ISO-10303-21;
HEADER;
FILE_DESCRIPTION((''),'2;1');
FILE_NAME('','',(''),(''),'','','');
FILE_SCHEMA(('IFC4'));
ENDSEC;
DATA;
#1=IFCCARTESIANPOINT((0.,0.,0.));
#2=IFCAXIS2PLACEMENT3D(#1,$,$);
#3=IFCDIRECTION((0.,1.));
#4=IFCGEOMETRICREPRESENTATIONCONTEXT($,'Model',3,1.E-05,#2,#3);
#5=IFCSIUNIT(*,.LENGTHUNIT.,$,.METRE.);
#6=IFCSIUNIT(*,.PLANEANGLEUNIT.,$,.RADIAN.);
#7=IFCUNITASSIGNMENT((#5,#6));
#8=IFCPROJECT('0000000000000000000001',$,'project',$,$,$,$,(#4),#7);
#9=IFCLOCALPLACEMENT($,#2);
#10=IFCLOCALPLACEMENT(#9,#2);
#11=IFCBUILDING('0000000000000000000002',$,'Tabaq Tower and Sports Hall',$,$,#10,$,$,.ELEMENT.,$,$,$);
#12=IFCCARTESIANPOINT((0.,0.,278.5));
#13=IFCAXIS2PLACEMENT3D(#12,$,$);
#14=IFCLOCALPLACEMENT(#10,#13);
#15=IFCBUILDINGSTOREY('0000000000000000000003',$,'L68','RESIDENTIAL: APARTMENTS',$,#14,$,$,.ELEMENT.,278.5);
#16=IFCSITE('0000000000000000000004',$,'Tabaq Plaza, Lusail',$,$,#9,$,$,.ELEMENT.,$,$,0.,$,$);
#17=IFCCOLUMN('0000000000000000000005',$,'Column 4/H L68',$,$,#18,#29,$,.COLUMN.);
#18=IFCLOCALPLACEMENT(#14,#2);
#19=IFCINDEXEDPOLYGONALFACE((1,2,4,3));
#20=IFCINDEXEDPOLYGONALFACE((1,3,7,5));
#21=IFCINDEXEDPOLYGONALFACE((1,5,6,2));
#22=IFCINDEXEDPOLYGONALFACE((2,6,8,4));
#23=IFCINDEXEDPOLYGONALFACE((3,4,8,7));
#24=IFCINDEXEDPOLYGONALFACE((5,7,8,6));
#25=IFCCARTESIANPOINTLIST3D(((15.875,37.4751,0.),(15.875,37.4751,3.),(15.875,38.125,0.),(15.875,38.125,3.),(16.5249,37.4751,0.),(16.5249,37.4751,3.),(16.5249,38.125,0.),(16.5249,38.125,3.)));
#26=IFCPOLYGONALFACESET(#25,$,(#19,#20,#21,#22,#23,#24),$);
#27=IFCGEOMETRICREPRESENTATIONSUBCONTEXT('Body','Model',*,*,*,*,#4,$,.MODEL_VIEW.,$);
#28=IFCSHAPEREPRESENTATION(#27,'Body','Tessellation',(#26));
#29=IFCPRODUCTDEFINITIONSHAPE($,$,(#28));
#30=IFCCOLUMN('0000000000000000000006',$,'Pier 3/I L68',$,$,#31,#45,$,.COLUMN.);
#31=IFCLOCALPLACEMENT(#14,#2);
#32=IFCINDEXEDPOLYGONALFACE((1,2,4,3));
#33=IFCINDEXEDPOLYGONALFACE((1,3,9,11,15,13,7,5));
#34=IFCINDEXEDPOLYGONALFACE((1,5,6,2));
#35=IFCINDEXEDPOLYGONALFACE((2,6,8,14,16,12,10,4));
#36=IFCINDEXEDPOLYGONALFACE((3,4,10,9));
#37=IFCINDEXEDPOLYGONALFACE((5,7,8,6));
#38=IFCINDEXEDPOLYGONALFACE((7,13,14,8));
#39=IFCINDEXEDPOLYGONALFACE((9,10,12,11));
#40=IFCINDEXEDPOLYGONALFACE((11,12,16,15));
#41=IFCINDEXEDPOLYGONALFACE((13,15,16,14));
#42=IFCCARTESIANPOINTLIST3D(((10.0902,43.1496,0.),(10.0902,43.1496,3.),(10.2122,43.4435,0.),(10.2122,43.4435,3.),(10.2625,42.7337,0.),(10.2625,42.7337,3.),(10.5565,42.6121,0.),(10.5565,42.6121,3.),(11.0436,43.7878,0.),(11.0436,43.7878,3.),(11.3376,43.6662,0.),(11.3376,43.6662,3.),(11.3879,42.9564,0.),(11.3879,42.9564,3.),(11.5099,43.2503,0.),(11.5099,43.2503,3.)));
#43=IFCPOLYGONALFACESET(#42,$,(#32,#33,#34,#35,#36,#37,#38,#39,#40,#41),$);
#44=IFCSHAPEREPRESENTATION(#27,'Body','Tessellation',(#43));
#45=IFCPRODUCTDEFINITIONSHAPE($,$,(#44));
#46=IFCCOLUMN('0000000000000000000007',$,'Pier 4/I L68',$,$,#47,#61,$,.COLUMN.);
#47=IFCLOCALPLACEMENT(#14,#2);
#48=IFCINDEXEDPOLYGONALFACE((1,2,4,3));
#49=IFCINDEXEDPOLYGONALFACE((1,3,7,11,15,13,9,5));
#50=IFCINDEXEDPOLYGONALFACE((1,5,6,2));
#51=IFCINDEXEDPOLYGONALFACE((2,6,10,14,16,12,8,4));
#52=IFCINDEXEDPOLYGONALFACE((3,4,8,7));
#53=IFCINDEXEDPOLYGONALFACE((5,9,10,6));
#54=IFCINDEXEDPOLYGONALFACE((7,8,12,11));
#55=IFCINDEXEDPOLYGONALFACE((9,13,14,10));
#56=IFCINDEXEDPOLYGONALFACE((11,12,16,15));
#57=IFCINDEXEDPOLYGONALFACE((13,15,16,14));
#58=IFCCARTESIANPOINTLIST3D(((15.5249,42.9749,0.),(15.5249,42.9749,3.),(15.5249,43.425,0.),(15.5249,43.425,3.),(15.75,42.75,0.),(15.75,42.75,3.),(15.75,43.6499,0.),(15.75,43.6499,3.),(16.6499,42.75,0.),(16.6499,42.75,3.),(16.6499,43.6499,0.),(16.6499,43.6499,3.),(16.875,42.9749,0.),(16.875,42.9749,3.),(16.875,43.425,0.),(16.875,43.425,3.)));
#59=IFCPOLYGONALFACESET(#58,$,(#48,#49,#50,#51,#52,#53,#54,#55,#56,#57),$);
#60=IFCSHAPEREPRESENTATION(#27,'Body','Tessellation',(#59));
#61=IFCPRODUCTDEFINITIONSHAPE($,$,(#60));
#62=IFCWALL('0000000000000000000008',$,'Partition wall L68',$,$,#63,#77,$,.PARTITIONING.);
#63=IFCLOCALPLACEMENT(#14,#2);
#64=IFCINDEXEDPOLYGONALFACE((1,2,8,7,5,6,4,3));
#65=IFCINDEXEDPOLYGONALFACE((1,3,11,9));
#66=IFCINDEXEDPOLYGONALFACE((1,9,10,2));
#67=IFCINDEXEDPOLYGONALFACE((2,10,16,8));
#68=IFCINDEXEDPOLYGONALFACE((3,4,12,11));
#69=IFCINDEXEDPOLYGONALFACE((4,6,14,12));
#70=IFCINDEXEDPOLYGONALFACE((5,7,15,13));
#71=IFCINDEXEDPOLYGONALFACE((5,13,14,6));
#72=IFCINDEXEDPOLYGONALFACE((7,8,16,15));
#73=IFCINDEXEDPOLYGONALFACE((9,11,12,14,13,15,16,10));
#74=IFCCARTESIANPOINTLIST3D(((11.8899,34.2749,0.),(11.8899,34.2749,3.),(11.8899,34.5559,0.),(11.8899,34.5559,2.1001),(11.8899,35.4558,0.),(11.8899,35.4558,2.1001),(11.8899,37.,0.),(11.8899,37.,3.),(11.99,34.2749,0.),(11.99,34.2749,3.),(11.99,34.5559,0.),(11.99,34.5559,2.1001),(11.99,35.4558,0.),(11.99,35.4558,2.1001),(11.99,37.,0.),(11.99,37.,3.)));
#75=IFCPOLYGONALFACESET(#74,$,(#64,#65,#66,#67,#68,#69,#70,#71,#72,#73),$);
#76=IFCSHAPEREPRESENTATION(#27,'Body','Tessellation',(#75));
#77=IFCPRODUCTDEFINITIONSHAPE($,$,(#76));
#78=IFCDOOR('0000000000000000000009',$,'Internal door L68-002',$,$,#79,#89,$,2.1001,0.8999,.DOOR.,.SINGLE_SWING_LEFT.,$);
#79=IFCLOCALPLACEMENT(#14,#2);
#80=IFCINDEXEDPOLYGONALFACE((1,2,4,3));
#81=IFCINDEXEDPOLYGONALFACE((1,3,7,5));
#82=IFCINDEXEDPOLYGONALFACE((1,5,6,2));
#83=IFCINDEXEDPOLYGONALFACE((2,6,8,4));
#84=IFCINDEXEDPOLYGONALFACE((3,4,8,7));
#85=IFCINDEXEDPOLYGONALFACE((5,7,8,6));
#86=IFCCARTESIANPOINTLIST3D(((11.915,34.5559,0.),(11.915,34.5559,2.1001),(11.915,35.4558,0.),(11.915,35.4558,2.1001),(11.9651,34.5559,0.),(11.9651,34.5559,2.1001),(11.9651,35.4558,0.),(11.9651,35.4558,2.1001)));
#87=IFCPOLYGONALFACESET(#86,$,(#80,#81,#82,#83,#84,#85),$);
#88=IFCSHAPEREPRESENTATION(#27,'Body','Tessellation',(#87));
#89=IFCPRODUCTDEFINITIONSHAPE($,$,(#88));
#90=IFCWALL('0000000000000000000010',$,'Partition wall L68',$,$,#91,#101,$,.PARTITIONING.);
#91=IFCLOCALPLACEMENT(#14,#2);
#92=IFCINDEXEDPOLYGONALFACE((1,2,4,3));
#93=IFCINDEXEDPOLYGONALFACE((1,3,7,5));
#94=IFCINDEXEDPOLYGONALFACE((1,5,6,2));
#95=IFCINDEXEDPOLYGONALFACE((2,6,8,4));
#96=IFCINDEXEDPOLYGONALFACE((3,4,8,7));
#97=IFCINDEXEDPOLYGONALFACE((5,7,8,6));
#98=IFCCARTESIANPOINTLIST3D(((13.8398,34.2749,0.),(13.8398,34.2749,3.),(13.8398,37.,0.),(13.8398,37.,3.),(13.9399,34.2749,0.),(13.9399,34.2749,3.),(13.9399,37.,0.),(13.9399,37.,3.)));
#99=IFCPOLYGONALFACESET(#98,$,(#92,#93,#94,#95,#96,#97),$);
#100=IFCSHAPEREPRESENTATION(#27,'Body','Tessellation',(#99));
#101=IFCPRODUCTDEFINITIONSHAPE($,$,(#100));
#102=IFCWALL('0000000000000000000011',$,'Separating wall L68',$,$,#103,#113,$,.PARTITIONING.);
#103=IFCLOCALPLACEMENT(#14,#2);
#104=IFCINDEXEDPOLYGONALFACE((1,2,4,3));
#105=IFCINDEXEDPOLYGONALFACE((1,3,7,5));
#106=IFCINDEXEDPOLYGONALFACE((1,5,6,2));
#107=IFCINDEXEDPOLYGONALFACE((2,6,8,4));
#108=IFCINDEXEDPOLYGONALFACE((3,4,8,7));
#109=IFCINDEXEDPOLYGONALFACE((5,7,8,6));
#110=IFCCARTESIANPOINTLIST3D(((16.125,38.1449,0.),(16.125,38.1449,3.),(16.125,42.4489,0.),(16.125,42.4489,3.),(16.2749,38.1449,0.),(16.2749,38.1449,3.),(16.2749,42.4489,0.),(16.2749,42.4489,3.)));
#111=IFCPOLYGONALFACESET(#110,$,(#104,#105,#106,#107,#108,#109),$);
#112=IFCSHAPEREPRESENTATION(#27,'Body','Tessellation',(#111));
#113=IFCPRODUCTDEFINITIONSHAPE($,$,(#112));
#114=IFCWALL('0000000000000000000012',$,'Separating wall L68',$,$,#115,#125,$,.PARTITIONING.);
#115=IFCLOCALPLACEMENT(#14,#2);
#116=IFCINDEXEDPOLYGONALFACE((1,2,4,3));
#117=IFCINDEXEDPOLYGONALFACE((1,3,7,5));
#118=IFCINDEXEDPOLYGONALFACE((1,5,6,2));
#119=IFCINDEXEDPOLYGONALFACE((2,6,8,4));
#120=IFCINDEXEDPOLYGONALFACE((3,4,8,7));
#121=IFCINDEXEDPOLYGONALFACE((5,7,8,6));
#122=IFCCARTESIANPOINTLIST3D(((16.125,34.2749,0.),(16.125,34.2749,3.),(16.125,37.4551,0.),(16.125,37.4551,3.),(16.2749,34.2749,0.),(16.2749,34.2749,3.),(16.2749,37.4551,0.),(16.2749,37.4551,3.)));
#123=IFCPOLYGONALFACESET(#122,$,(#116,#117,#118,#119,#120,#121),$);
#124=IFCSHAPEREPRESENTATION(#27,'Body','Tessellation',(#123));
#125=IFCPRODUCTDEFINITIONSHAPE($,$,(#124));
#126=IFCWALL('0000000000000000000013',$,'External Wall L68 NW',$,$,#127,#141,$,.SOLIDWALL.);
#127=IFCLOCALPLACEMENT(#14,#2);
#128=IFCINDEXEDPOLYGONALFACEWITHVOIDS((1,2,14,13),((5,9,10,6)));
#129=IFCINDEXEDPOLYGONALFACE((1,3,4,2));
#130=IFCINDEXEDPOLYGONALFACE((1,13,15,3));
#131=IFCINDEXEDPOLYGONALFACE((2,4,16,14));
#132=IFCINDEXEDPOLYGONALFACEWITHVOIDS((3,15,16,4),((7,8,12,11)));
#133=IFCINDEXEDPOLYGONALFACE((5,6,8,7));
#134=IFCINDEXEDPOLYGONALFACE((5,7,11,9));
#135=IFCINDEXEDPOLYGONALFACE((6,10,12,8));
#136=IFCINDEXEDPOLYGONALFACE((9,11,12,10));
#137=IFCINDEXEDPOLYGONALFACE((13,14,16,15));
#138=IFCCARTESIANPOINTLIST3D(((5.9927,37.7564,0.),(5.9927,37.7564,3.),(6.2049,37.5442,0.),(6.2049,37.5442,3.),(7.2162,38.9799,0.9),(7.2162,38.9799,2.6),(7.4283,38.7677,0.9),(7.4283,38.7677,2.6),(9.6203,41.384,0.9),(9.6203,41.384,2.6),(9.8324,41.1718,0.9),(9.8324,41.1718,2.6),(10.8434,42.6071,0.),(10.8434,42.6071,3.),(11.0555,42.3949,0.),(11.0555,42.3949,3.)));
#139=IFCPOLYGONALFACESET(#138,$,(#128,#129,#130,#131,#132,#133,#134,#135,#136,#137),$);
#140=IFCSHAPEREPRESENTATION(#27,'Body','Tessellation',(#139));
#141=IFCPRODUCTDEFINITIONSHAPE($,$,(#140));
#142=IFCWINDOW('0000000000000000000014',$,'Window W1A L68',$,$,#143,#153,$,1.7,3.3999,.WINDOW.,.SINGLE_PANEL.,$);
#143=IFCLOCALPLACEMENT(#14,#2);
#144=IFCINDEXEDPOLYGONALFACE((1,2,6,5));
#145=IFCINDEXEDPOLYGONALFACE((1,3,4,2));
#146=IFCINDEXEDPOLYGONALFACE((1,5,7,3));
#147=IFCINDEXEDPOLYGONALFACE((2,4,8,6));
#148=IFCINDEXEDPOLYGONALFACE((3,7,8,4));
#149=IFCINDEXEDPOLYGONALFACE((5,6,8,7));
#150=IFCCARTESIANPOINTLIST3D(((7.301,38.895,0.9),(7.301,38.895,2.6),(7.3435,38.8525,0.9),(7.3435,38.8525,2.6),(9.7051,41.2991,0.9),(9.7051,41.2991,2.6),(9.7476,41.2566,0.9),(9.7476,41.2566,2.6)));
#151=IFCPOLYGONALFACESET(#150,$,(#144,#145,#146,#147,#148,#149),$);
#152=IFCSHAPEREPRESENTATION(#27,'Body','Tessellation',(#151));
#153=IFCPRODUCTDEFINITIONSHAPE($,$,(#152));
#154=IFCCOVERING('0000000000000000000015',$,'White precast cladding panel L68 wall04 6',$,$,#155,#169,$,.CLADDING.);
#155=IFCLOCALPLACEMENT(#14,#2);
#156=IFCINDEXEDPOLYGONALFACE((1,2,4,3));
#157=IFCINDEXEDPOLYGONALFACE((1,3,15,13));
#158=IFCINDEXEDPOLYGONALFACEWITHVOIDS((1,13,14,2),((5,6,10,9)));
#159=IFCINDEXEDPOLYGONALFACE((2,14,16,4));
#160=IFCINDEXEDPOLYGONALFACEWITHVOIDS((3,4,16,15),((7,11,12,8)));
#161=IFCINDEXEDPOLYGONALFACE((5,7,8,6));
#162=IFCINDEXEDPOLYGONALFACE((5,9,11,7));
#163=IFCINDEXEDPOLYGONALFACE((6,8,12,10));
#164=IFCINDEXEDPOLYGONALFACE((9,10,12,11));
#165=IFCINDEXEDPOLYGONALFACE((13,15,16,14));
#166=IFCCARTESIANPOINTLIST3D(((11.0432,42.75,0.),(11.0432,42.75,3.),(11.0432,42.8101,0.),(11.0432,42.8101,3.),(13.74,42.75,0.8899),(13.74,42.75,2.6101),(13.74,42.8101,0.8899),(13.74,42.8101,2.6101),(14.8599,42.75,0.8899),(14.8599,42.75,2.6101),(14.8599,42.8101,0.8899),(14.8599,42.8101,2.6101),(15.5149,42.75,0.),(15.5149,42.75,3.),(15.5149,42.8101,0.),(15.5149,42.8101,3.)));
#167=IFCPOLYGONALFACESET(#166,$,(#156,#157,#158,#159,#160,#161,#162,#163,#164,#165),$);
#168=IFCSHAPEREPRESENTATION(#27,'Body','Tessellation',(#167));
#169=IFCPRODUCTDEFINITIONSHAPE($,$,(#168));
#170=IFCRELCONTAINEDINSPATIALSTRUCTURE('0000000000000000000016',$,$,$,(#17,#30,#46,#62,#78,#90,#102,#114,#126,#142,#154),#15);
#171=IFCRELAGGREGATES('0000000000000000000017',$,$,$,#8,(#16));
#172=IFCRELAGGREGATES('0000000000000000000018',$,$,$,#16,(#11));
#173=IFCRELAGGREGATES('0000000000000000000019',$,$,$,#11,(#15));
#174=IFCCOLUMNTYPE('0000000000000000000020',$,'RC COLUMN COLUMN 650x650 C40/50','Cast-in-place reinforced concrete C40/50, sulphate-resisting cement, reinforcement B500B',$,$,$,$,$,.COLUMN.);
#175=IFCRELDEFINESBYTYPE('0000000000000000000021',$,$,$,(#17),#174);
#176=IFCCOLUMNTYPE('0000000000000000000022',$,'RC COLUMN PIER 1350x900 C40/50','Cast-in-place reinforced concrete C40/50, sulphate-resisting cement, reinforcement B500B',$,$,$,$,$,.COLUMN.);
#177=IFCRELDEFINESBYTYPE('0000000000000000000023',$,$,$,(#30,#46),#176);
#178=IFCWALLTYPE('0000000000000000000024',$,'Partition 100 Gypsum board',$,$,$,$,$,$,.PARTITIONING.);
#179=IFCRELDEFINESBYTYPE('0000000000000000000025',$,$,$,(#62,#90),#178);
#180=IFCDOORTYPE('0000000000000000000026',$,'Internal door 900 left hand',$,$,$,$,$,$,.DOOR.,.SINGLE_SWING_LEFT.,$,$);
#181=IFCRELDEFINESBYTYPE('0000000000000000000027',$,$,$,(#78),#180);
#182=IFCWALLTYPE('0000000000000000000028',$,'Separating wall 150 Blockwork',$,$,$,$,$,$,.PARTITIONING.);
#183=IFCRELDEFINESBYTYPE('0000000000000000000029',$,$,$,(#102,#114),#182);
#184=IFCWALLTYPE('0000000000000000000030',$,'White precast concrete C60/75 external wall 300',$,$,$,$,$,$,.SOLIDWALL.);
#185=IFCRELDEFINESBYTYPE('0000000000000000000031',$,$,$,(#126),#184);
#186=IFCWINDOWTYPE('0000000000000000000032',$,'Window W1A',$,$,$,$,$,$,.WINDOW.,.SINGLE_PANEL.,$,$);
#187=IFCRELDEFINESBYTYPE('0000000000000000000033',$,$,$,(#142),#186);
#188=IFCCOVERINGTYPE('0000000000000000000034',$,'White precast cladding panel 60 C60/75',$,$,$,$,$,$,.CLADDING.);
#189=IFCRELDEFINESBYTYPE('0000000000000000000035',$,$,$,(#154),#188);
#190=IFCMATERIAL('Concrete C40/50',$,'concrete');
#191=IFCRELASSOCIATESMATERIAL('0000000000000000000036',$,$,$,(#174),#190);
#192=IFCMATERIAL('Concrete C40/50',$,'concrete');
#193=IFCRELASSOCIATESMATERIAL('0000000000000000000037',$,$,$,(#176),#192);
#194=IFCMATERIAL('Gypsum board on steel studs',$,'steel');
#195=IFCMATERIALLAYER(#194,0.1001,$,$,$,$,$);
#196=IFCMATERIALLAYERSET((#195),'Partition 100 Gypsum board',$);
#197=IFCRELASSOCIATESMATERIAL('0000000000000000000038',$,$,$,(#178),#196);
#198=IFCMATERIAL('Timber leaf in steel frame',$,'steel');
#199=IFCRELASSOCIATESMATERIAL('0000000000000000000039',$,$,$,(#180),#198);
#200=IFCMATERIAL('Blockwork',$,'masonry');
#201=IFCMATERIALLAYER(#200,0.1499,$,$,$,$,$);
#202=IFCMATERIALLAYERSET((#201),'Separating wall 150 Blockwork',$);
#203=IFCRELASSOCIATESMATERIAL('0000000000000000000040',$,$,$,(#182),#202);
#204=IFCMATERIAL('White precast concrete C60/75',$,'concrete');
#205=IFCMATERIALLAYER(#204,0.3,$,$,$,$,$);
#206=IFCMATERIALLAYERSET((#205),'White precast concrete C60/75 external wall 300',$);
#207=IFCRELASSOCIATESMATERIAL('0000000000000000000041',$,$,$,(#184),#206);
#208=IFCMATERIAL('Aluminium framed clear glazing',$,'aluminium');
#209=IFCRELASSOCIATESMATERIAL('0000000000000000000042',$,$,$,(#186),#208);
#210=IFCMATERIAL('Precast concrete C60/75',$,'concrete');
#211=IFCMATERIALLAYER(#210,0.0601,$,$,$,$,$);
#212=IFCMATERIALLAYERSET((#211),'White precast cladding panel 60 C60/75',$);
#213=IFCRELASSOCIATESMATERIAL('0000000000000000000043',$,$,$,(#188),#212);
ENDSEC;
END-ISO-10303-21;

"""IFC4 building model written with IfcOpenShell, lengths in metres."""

from ifc_helpers import new_model, si_unit, direction, frame, frame_2d, origin, origin_2d, place, context, subcontext, project, spatial, polyline, rectangle, outline, extrude, material, layer, layer_set, material_profile, profile_set, type_object, element, fill, save


model = new_model("IFC4")

# Units and contexts
model_context = context("Model", 3, precision=1e-05, world=origin(), true_north=direction((0.0, 1.0)))
body_context = subcontext(model_context, "Body", "Model", "MODEL_VIEW")
ifc_project = project(units=[si_unit("LENGTHUNIT", "METRE"), si_unit("PLANEANGLEUNIT", "RADIAN")], contexts=[model_context])

# Site, building, storey
site_placement = place(None, origin())
site = spatial("IfcSite", under=ifc_project, at=site_placement, Name="Tabaq Plaza, Lusail", CompositionType="ELEMENT", RefElevation=0.0)
building_placement = place(site_placement, origin())
building = spatial("IfcBuilding", under=site, at=building_placement, Name="Tabaq Tower and Sports Hall", CompositionType="ELEMENT")
storey_placement = place(building_placement, frame((0.0, 0.0, 278.5)))
storey = spatial("IfcBuildingStorey", under=building, at=storey_placement, Name="L68", Description="RESIDENTIAL: APARTMENTS", CompositionType="ELEMENT", Elevation=278.5)

# Columns
ifc_material_1 = material(Name="Concrete C40/50", Category="concrete")
ifc_material_profile_1 = material_profile(ifc_material_1, rectangle(XDim=0.6499, YDim=0.6499, at=origin_2d()), Name="COLUMN 650x650")
ifc_profile_set_1 = profile_set([ifc_material_profile_1], Name="Concrete C40/50")
column_type_1 = type_object("IfcColumnType", Name="RC COLUMN COLUMN 650x650 C40/50", Description="Cast-in-place reinforced concrete C40/50, sulphate-resisting cement, reinforcement B500B", PredefinedType="COLUMN", material=ifc_profile_set_1)
column_placement = place(storey_placement, frame((16.2, 37.8, 0.0), z_axis=(0.0, 0.0, 1.0), x_axis=(1.0, 0.0, 0.0)))
element("IfcColumn", 1, at=column_placement, inside=storey, type_object=column_type_1, Name="Column 4/H L68", PredefinedType="COLUMN", context=body_context, shape_type="SweptSolid", body=[
    extrude(rectangle(XDim=0.6499, YDim=0.6499, at=origin_2d()), origin(), (0.0, 0.0, 1.0), 3.0),
])
ifc_material_2 = material(Name="Concrete C40/50", Category="concrete")
ifc_material_profile_2 = material_profile(ifc_material_2, outline(polyline([(-0.45, -0.45), (0.45, -0.45), (0.675, -0.2251), (0.675, 0.2251), (0.45, 0.45), (-0.45, 0.45), (-0.675, 0.2251), (-0.675, -0.2251), (-0.45, -0.45)])), Name="PIER 1350x900")
ifc_profile_set_2 = profile_set([ifc_material_profile_2], Name="Concrete C40/50")
column_type_2 = type_object("IfcColumnType", Name="RC COLUMN PIER 1350x900 C40/50", Description="Cast-in-place reinforced concrete C40/50, sulphate-resisting cement, reinforcement B500B", PredefinedType="COLUMN", material=ifc_profile_set_2)
for number, where, z_axis, x_axis, name in (
    (2, (10.8, 43.2, 0.0), (0.0, 0.0, 1.0), (0.92388, 0.382683, 0.0), "Pier 3/I L68"),
    (3, (16.2, 43.2, 0.0), (0.0, 0.0, 1.0), (1.0, 0.0, 0.0), "Pier 4/I L68"),
):
    element("IfcColumn", number, at=place(storey_placement, frame(where, z_axis=z_axis, x_axis=x_axis)), inside=storey, type_object=column_type_2, Name=name, PredefinedType="COLUMN", context=body_context, shape_type="SweptSolid", body=[
        extrude(outline(polyline([(-0.45, -0.45), (0.45, -0.45), (0.675, -0.2251), (0.675, 0.2251), (0.45, 0.45), (-0.45, 0.45), (-0.675, 0.2251), (-0.675, -0.2251), (-0.45, -0.45)])), origin(), (0.0, 0.0, 1.0), 3.0),
    ])

# Wall, opening, door
ifc_material_3 = material(Name="Gypsum board on steel studs", Category="steel")
ifc_layer_1 = layer(ifc_material_3, 0.1001)
ifc_layer_set_1 = layer_set([ifc_layer_1], Name="Partition 100 Gypsum board")
wall_type_1 = type_object("IfcWallType", Name="Partition 100 Gypsum board", PredefinedType="PARTITIONING", material=ifc_layer_set_1)
wall_1_placement = place(storey_placement, frame((11.9399, 34.2749, 0.0), z_axis=(0.0, 0.0, 1.0), x_axis=(0.0, 1.0, 0.0)))
wall_1 = element("IfcWall", 4, at=wall_1_placement, inside=storey, type_object=wall_type_1, Name="Partition wall L68", PredefinedType="PARTITIONING", context=body_context, shape_type="SweptSolid", body=[
    extrude(rectangle(XDim=2.7251, YDim=0.1001, at=frame_2d((1.3625, 0.0))), origin(), (0.0, 0.0, 1.0), 3.0),
])
opening_1_placement = place(wall_1_placement, frame((0.281, 0.0, 0.0)))
opening_1 = element("IfcOpeningElement", 5, at=opening_1_placement, cuts=wall_1, PredefinedType="OPENING", context=body_context, shape_type="SweptSolid", body=[
    extrude(rectangle(XDim=0.8999, YDim=2.1001, at=frame_2d((0.45, 1.05))), frame((0.0, 0.05, 0.0), z_axis=(0.0, -1.0, 0.0), x_axis=(1.0, 0.0, 0.0)), (0.0, 0.0, 1.0), 0.1001),
])
ifc_material_4 = material(Name="Timber leaf in steel frame", Category="steel")
door_type = type_object("IfcDoorType", Name="Internal door 900 left hand", OperationType="SINGLE_SWING_LEFT", PredefinedType="DOOR", material=ifc_material_4)
door_placement = place(opening_1_placement, origin())
door = element("IfcDoor", 6, at=door_placement, inside=storey, type_object=door_type, Name="Internal door L68-002", OperationType="SINGLE_SWING_LEFT", OverallHeight=2.1001, OverallWidth=0.8999, PredefinedType="DOOR", context=body_context, shape_type="SweptSolid", body=[
    extrude(rectangle(XDim=0.8999, YDim=2.1001, at=frame_2d((0.45, 1.05))), frame((0.0, 0.0249, 0.0), z_axis=(0.0, -1.0, 0.0), x_axis=(1.0, 0.0, 0.0)), (0.0, 0.0, 1.0), 0.05),
])
fill(opening_1, door)

# Walls
wall_2_placement = place(storey_placement, frame((13.8899, 34.2749, 0.0), z_axis=(0.0, 0.0, 1.0), x_axis=(0.0, 1.0, 0.0)))
element("IfcWall", 7, at=wall_2_placement, inside=storey, type_object=wall_type_1, Name="Partition wall L68", PredefinedType="PARTITIONING", context=body_context, shape_type="SweptSolid", body=[
    extrude(rectangle(XDim=2.7251, YDim=0.1001, at=frame_2d((1.3625, 0.0))), origin(), (0.0, 0.0, 1.0), 3.0),
])
ifc_material_5 = material(Name="Blockwork", Category="masonry")
ifc_layer_2 = layer(ifc_material_5, 0.1499)
ifc_layer_set_2 = layer_set([ifc_layer_2], Name="Separating wall 150 Blockwork")
wall_type_2 = type_object("IfcWallType", Name="Separating wall 150 Blockwork", PredefinedType="PARTITIONING", material=ifc_layer_set_2)
wall_3_placement = place(storey_placement, frame((16.2, 38.145, 0.0), z_axis=(0.0, 0.0, 1.0), x_axis=(0.0, 1.0, 0.0)))
element("IfcWall", 8, at=wall_3_placement, inside=storey, type_object=wall_type_2, Name="Separating wall L68", PredefinedType="PARTITIONING", context=body_context, shape_type="SweptSolid", body=[
    extrude(rectangle(XDim=4.304, YDim=0.1499, at=frame_2d((2.1519, 0.0))), origin(), (0.0, 0.0, 1.0), 3.0),
])
wall_4_placement = place(storey_placement, frame((16.2, 34.2749, 0.0), z_axis=(0.0, 0.0, 1.0), x_axis=(0.0, 1.0, 0.0)))
element("IfcWall", 9, at=wall_4_placement, inside=storey, type_object=wall_type_2, Name="Separating wall L68", PredefinedType="PARTITIONING", context=body_context, shape_type="SweptSolid", body=[
    extrude(rectangle(XDim=3.1802, YDim=0.1499, at=frame_2d((1.5901, 0.0))), origin(), (0.0, 0.0, 1.0), 3.0),
])

# Wall, opening, window
ifc_material_6 = material(Name="White precast concrete C60/75", Category="concrete")
ifc_layer_3 = layer(ifc_material_6, 0.3)
ifc_layer_set_3 = layer_set([ifc_layer_3], Name="White precast concrete C60/75 external wall 300")
wall_type_3 = type_object("IfcWallType", Name="White precast concrete C60/75 external wall 300", PredefinedType="SOLIDWALL", material=ifc_layer_set_3)
wall_5_placement = place(storey_placement, frame((10.9495, 42.501, 0.0), z_axis=(0.0, 0.0, 1.0), x_axis=(-0.707107, -0.707107, 0.0)))
wall_5 = element("IfcWall", 10, at=wall_5_placement, inside=storey, type_object=wall_type_3, Name="External Wall L68 NW", PredefinedType="SOLIDWALL", context=body_context, shape_type="SweptSolid", body=[
    extrude(rectangle(XDim=6.8599, YDim=0.3, at=frame_2d((3.4299, 0.0))), origin(), (0.0, 0.0, 1.0), 3.0),
])
opening_2_placement = place(wall_5_placement, frame((1.7297, 0.0, 0.8999)))
opening_2 = element("IfcOpeningElement", 11, at=opening_2_placement, cuts=wall_5, PredefinedType="OPENING", context=body_context, shape_type="SweptSolid", body=[
    extrude(rectangle(XDim=3.3999, YDim=1.7, at=frame_2d((1.7, 0.8501))), frame((0.0, 0.1602, 0.0), z_axis=(0.0, -1.0, 0.0), x_axis=(1.0, 0.0, 0.0)), (0.0, 0.0, 1.0), 0.3201),
])
ifc_material_7 = material(Name="Aluminium framed clear glazing", Category="aluminium")
window_type = type_object("IfcWindowType", Name="Window W1A", PartitioningType="SINGLE_PANEL", PredefinedType="WINDOW", material=ifc_material_7)
window_placement = place(opening_2_placement, origin())
window = element("IfcWindow", 12, at=window_placement, inside=storey, type_object=window_type, Name="Window W1A L68", OverallHeight=1.7, OverallWidth=3.3999, PartitioningType="SINGLE_PANEL", PredefinedType="WINDOW", context=body_context, shape_type="SweptSolid", body=[
    extrude(rectangle(XDim=3.3999, YDim=1.7, at=frame_2d((1.7, 0.8501))), frame((0.0, 0.03, 0.0), z_axis=(0.0, -1.0, 0.0), x_axis=(1.0, 0.0, 0.0)), (0.0, 0.0, 1.0), 0.0601),
])
fill(opening_2, window)

# Covering
ifc_material_8 = material(Name="Precast concrete C60/75", Category="concrete")
ifc_layer_4 = layer(ifc_material_8, 0.0601)
ifc_layer_set_4 = layer_set([ifc_layer_4], Name="White precast cladding panel 60 C60/75")
covering_type = type_object("IfcCoveringType", Name="White precast cladding panel 60 C60/75", PredefinedType="CLADDING", material=ifc_layer_set_4)
covering_1_placement = place(storey_placement, frame((15.5149, 42.78, 0.0), z_axis=(0.0, 0.0, 1.0), x_axis=(-1.0, 0.0, 0.0)))
element("IfcCovering", 13, at=covering_1_placement, inside=storey, type_object=covering_type, Name="White precast cladding panel L68 wall04 6", PredefinedType="CLADDING", context=body_context, shape_type="SweptSolid", body=[
    extrude(outline(polyline([(0.0, 0.0), (4.4717, 0.0), (4.4717, 3.0), (0.0, 3.0), (0.0, 0.0)]), holes=[polyline([(0.655, 0.8899), (0.655, 2.6101), (1.7749, 2.6101), (1.7749, 0.8899), (0.655, 0.8899)])]), frame((0.0, 0.03, 0.0), z_axis=(0.0, -1.0, 0.0), x_axis=(1.0, 0.0, 0.0)), (0.0, 0.0, 1.0), 0.0601),
])

save(model, "model.ifc")
